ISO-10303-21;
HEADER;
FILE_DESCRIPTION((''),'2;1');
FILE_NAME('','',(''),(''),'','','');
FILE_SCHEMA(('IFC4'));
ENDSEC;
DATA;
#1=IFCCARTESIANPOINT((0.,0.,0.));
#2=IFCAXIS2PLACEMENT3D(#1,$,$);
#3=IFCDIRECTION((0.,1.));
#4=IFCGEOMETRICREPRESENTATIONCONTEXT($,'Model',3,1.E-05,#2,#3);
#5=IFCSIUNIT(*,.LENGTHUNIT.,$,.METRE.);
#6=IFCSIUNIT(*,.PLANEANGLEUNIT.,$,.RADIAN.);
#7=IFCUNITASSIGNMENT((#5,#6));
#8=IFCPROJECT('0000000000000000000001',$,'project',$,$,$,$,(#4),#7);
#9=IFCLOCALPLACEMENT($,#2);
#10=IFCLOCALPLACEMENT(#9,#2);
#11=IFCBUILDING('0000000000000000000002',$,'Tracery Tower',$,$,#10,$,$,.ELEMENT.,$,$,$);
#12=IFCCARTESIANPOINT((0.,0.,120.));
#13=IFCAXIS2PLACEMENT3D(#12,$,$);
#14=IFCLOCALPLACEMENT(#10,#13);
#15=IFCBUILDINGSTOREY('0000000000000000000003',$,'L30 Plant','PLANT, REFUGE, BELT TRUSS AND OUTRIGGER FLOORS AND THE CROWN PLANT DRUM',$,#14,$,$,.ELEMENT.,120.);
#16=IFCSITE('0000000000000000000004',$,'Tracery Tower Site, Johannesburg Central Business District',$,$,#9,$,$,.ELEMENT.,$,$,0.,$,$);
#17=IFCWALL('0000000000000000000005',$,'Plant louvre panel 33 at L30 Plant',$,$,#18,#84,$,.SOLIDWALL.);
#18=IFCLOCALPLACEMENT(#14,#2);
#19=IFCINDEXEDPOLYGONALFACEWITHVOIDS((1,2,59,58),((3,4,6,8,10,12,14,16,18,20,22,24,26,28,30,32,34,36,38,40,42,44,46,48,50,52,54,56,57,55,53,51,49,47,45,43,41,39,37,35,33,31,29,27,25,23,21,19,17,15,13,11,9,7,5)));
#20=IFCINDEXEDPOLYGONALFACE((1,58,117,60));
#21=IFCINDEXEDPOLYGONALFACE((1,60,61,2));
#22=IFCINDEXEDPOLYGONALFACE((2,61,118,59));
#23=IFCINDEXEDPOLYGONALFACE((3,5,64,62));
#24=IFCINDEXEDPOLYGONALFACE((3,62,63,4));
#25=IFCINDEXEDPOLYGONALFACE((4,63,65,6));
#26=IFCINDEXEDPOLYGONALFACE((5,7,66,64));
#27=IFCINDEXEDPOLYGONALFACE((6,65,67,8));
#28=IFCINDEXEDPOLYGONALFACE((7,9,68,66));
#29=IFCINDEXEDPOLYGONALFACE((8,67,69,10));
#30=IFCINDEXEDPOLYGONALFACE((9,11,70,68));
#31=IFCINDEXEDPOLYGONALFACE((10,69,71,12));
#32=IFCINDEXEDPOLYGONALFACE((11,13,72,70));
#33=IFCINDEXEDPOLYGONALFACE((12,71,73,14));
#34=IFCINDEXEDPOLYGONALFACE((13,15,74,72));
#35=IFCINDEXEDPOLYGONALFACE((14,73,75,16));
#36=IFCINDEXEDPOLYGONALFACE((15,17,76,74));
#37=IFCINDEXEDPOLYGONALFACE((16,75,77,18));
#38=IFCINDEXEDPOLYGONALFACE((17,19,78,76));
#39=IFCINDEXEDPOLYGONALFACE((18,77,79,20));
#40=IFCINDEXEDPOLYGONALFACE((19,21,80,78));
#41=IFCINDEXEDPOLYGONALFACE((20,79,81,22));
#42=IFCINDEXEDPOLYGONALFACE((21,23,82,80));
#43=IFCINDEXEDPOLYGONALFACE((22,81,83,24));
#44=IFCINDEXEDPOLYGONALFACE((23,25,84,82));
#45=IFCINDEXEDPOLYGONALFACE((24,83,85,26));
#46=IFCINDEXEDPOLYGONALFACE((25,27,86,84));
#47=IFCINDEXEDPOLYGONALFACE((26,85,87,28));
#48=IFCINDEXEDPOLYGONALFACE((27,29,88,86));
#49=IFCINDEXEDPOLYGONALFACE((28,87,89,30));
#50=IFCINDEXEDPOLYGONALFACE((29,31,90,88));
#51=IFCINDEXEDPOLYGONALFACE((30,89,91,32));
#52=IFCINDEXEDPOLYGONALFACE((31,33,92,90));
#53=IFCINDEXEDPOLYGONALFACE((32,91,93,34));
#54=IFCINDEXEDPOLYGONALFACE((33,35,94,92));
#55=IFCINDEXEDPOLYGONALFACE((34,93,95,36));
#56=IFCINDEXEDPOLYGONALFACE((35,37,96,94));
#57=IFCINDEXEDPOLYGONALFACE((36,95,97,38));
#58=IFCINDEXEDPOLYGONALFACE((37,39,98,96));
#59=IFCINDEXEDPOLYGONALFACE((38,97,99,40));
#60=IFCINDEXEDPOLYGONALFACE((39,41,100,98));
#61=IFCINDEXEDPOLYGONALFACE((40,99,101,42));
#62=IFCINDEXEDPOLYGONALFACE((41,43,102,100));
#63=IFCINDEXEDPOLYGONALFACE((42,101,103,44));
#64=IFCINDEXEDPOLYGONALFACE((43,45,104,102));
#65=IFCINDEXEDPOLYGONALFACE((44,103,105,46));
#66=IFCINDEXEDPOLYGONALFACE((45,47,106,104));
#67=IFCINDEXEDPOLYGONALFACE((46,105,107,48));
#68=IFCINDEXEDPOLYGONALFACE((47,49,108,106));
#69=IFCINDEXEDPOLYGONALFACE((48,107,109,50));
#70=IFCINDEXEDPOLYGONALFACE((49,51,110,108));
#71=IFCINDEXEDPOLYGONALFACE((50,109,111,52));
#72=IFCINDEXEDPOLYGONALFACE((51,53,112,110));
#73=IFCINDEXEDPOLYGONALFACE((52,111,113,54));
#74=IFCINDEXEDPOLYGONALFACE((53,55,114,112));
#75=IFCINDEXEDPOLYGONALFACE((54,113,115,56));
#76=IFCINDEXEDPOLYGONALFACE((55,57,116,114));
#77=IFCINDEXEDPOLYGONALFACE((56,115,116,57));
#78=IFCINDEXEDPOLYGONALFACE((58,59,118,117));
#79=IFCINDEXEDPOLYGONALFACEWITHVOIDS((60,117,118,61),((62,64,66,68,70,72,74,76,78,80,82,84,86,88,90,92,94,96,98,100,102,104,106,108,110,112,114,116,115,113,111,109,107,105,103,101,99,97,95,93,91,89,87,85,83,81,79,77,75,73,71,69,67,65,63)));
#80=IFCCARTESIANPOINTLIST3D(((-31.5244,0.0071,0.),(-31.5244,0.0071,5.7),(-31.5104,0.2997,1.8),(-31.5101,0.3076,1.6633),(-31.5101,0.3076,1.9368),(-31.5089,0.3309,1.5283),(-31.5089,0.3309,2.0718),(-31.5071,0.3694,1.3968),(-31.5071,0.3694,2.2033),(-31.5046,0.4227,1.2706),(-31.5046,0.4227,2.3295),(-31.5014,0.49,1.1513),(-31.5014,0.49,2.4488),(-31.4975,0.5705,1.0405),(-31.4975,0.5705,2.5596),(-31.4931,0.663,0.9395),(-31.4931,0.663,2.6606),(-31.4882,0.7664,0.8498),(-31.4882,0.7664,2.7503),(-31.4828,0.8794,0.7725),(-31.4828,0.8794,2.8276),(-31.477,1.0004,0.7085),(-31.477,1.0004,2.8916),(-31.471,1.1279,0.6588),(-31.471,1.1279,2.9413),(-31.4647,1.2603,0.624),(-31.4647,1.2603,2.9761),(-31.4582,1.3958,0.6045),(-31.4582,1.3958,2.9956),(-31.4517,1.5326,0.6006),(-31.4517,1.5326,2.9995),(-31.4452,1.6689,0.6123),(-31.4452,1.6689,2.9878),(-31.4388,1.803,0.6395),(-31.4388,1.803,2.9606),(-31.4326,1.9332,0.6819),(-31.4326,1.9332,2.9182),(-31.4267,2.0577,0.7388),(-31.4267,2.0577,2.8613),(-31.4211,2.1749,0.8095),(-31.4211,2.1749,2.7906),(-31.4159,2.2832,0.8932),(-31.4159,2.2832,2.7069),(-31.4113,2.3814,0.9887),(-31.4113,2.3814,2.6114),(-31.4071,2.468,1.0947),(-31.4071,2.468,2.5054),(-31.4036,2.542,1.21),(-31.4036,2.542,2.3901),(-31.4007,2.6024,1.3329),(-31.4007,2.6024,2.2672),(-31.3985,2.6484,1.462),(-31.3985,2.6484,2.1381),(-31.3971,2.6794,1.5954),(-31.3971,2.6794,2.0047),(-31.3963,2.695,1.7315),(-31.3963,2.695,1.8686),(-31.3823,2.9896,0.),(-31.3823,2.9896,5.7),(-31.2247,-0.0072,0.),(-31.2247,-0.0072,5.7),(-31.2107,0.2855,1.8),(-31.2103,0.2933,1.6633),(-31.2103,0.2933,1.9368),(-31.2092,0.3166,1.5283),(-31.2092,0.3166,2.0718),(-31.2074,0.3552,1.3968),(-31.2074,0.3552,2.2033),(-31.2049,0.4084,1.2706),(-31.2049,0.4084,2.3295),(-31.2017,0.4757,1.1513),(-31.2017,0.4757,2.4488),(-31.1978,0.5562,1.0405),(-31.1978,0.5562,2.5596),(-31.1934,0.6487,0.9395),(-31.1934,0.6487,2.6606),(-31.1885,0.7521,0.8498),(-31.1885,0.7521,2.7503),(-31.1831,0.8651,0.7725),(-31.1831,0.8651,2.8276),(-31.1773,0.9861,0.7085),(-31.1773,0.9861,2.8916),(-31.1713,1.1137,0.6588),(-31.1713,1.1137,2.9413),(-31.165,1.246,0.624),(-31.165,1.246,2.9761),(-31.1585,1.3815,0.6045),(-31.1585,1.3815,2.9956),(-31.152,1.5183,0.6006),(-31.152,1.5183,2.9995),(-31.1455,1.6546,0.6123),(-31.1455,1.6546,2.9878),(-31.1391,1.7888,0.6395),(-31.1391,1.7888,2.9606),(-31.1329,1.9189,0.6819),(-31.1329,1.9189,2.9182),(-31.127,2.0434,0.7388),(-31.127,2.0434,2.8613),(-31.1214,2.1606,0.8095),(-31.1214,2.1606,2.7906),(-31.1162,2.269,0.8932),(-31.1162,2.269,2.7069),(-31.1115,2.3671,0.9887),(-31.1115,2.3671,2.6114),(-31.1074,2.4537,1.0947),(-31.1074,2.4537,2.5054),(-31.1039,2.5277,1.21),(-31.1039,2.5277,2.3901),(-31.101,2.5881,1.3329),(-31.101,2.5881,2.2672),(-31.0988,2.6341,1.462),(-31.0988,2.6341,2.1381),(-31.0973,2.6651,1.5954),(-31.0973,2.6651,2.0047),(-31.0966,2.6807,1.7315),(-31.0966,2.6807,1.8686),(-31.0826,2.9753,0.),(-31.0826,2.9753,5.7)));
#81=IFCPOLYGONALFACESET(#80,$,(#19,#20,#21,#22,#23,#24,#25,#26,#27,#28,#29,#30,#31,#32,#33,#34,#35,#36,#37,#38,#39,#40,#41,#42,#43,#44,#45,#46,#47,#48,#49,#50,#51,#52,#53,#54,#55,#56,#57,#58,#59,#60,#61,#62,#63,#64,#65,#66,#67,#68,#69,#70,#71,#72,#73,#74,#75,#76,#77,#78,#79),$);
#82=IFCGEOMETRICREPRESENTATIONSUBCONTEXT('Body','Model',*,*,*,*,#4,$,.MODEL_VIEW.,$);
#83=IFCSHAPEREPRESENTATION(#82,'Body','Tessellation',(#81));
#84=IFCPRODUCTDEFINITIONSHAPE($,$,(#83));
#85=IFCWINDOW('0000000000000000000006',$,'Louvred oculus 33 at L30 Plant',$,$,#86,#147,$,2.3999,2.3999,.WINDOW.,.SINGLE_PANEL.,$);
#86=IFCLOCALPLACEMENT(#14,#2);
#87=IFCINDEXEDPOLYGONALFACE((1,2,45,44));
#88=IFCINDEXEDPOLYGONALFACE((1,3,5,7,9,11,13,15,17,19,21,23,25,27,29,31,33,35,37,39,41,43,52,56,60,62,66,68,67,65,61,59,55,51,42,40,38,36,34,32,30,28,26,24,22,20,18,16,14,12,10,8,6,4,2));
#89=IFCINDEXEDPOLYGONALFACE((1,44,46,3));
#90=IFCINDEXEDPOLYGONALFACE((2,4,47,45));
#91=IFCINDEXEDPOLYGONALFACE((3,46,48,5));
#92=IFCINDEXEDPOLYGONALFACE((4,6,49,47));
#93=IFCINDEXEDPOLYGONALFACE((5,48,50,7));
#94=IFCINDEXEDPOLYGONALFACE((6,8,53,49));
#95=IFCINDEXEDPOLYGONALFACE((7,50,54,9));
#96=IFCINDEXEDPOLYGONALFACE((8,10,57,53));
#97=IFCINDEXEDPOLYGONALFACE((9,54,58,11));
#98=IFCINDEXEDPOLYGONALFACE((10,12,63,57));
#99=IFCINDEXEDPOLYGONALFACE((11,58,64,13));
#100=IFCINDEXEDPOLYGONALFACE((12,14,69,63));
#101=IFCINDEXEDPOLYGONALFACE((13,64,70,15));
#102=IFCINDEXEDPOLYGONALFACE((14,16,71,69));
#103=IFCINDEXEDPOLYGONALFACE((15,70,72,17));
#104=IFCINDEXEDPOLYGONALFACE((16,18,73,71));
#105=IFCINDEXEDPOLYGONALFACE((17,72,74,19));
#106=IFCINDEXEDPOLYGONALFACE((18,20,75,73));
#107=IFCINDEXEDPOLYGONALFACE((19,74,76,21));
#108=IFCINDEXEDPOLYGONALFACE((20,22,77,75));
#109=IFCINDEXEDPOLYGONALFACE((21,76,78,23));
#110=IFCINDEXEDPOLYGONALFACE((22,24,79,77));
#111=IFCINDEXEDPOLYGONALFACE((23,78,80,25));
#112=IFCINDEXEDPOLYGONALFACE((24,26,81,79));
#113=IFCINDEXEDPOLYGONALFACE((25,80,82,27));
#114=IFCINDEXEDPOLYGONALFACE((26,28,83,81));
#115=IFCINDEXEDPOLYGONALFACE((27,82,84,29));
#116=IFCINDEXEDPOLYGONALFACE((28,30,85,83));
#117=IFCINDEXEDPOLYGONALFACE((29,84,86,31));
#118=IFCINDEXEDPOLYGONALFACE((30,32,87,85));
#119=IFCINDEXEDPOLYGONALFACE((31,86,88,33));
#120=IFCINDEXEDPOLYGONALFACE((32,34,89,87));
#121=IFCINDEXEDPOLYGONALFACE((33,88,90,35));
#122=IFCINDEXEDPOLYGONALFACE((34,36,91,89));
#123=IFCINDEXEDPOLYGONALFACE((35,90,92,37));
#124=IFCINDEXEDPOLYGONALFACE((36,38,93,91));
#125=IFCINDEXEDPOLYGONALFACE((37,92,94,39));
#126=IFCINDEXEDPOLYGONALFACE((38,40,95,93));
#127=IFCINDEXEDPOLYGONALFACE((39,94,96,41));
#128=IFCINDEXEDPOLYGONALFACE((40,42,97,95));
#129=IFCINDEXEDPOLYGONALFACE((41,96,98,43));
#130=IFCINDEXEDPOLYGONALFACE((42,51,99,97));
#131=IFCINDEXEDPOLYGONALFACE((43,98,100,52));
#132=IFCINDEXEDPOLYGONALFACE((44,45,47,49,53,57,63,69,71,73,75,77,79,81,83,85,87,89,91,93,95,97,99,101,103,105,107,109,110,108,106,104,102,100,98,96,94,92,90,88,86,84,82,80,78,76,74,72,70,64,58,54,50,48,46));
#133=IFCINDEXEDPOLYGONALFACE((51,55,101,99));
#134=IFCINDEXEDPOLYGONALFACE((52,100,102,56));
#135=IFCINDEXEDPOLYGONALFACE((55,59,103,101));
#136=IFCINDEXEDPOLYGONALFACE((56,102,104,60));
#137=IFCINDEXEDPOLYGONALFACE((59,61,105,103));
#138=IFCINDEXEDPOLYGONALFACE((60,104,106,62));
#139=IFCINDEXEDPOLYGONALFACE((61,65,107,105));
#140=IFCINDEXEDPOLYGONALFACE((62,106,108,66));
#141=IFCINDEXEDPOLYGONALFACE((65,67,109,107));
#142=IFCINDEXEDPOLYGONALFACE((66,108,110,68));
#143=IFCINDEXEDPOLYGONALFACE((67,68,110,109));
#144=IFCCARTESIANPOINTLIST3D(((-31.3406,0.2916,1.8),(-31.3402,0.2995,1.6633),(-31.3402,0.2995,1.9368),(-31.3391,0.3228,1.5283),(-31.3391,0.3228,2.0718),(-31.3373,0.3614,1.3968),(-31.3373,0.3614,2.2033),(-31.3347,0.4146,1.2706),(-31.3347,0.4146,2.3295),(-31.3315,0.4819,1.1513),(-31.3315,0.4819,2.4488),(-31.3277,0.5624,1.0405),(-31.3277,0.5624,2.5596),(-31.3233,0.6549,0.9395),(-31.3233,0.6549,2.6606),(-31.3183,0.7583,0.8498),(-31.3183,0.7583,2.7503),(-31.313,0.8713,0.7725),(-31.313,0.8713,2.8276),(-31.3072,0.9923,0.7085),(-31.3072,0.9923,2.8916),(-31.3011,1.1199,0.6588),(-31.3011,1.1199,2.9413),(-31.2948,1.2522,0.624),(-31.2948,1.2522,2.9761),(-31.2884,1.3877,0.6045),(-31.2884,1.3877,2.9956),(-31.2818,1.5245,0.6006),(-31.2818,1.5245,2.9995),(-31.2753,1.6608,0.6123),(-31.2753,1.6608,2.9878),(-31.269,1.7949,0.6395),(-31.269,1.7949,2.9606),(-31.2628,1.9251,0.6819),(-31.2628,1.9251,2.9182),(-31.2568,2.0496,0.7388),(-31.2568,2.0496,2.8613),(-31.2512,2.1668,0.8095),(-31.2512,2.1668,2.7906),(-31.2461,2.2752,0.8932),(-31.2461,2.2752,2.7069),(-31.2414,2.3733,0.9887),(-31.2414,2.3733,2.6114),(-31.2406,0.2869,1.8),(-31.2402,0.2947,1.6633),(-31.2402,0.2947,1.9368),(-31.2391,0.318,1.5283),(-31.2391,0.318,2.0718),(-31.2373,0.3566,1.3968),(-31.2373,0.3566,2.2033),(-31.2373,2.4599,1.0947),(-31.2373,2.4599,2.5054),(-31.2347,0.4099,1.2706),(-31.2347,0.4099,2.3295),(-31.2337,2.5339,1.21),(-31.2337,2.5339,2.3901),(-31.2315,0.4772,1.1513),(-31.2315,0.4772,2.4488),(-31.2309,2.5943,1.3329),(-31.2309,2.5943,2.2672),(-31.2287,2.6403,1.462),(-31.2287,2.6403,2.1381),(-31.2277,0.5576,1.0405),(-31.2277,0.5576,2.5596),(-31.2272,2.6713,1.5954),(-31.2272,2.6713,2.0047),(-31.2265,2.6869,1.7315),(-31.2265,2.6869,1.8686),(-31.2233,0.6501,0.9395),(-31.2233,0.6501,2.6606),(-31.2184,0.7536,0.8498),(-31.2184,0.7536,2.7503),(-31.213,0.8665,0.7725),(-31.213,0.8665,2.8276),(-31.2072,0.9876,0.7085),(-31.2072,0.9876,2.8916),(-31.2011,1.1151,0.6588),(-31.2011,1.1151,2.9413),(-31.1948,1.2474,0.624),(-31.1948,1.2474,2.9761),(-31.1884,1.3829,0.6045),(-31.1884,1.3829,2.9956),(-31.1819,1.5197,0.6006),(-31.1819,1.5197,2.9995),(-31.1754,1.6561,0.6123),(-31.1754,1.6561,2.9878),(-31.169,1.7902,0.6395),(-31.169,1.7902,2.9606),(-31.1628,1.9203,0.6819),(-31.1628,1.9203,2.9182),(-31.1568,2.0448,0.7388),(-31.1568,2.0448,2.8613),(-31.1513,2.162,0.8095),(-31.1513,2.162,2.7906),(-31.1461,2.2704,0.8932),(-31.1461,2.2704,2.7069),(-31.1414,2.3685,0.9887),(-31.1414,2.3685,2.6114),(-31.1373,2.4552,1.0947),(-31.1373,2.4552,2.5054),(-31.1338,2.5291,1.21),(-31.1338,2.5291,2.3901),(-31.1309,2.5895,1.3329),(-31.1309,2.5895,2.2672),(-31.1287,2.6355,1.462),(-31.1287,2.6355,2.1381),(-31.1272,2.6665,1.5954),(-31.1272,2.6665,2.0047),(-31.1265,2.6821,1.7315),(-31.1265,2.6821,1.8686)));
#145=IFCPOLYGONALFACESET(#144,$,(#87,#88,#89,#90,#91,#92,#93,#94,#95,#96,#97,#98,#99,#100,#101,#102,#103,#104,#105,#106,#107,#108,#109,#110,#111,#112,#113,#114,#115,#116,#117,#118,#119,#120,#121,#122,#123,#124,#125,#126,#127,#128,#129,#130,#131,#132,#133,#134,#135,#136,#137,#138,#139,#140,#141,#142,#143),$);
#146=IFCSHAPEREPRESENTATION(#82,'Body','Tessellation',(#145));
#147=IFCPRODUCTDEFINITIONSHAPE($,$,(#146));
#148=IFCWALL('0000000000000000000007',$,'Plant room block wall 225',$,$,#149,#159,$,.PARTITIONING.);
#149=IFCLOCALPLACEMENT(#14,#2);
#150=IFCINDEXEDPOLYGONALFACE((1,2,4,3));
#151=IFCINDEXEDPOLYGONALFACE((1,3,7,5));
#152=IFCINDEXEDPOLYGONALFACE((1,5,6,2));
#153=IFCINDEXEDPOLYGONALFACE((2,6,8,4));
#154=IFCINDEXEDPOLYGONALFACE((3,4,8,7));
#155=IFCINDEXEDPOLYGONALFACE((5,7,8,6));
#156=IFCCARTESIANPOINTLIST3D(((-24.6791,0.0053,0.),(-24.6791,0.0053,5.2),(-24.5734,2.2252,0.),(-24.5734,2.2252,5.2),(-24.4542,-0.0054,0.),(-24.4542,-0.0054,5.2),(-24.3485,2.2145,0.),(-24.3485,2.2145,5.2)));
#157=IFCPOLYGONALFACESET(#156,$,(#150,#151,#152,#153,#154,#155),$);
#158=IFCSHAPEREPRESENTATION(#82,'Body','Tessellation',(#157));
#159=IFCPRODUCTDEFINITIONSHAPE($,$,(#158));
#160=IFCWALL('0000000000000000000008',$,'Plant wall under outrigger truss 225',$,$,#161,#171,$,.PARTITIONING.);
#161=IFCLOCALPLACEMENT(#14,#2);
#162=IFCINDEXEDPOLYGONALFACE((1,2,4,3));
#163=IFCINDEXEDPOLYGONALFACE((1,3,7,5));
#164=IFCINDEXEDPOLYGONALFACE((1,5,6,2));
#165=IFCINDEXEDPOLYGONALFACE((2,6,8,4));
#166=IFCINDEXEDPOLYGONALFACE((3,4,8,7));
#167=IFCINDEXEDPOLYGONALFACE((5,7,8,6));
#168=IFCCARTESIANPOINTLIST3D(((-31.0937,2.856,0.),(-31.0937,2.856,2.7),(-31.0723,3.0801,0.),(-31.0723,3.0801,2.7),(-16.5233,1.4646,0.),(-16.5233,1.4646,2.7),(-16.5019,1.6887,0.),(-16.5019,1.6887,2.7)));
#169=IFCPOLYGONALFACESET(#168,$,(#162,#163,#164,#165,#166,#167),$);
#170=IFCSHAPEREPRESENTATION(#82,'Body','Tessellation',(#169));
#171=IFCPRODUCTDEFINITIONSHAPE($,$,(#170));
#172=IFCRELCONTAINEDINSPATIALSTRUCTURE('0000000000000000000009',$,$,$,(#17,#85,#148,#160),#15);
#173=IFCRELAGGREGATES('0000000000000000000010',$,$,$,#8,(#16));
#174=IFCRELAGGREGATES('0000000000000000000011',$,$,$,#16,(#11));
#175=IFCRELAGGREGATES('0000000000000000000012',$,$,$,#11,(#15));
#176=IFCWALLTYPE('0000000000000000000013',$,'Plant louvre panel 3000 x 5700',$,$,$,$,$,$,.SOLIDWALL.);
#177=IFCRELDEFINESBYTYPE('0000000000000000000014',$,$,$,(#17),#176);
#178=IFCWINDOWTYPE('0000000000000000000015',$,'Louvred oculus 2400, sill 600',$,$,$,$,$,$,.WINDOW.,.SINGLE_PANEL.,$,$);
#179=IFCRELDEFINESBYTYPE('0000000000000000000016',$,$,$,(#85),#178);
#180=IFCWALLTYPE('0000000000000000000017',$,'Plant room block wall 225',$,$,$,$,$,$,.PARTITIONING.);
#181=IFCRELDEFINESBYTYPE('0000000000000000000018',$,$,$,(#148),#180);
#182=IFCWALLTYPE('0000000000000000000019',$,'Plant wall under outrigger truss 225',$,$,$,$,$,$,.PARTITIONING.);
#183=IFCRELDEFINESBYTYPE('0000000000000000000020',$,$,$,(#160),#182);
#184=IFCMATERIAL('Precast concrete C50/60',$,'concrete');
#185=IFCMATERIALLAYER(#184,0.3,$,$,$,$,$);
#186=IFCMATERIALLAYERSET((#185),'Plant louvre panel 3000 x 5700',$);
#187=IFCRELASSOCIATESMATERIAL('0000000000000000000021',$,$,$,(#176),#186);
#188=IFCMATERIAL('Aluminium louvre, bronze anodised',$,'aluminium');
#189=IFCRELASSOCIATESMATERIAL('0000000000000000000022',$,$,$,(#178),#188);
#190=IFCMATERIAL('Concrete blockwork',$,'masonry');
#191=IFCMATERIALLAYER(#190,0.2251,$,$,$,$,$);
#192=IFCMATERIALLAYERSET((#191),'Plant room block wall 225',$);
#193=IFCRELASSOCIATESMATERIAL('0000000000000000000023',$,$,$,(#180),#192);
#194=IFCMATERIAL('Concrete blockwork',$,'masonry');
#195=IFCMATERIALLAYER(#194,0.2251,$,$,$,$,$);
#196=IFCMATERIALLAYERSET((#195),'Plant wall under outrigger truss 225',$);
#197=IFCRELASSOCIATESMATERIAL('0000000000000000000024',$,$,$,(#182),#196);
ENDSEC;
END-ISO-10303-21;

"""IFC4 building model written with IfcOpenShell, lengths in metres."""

from ifc_helpers import new_model, si_unit, direction, frame, frame_2d, origin, origin_2d, place, context, subcontext, project, spatial, rectangle, circle, extrude, material, layer, layer_set, type_object, element, fill, save


model = new_model("IFC4")

# Units and contexts
model_context = context("Model", 3, precision=1e-05, world=origin(), true_north=direction((0.0, 1.0)))
body_context = subcontext(model_context, "Body", "Model", "MODEL_VIEW")
ifc_project = project(units=[si_unit("LENGTHUNIT", "METRE"), si_unit("PLANEANGLEUNIT", "RADIAN")], contexts=[model_context])

# Site, building, storey
site_placement = place(None, origin())
site = spatial("IfcSite", under=ifc_project, at=site_placement, Name="Tracery Tower Site, Johannesburg Central Business District", CompositionType="ELEMENT", RefElevation=0.0)
building_placement = place(site_placement, origin())
building = spatial("IfcBuilding", under=site, at=building_placement, Name="Tracery Tower", CompositionType="ELEMENT")
storey_placement = place(building_placement, frame((0.0, 0.0, 120.0)))
storey = spatial("IfcBuildingStorey", under=building, at=storey_placement, Name="L30 Plant", Description="PLANT, REFUGE, BELT TRUSS AND OUTRIGGER FLOORS AND THE CROWN PLANT DRUM", CompositionType="ELEMENT", Elevation=120.0)

# Wall, opening, window
ifc_material_1 = material(Name="Precast concrete C50/60", Category="concrete")
ifc_layer_1 = layer(ifc_material_1, 0.3)
ifc_layer_set_1 = layer_set([ifc_layer_1], Name="Plant louvre panel 3000 x 5700")
wall_type_1 = type_object("IfcWallType", Name="Plant louvre panel 3000 x 5700", PredefinedType="SOLIDWALL", material=ifc_layer_set_1)
ifc_material_2 = material(Name="Aluminium louvre, bronze anodised", Category="aluminium")
window_type = type_object("IfcWindowType", Name="Louvred oculus 2400, sill 600", PartitioningType="SINGLE_PANEL", PredefinedType="WINDOW", material=ifc_material_2)
wall_1_placement = place(storey_placement, frame((-31.2324, 2.9824, 0.0), z_axis=(0.0, 0.0, 1.0), x_axis=(-0.047588, -0.998867, 0.0)))
wall_1 = element("IfcWall", 1, at=wall_1_placement, inside=storey, type_object=wall_type_1, Name="Plant louvre panel 33 at L30 Plant", PredefinedType="SOLIDWALL", context=body_context, shape_type="SweptSolid", body=[
    extrude(rectangle(XDim=2.9858, YDim=0.3, at=frame_2d((1.4929, 0.0))), origin(), (0.0, 0.0, 1.0), 5.7),
])
opening_1_placement = place(wall_1_placement, frame((1.4929, 0.0, 1.8)))
opening_1 = element("IfcOpeningElement", 2, at=opening_1_placement, cuts=wall_1, PredefinedType="OPENING", context=body_context, shape_type="SweptSolid", body=[
    extrude(circle(Radius=1.2, at=origin_2d()), frame((0.0, 0.1599, 0.0), z_axis=(0.0, -1.0, 0.0), x_axis=(1.0, 0.0, 0.0)), (0.0, 0.0, 1.0), 0.3201),
])
window_1_placement = place(opening_1_placement, origin())
window_1 = element("IfcWindow", 3, at=window_1_placement, inside=storey, type_object=window_type, Name="Louvred oculus 33 at L30 Plant", OverallHeight=2.3999, OverallWidth=2.3999, PartitioningType="SINGLE_PANEL", PredefinedType="WINDOW", context=body_context, shape_type="SweptSolid", body=[
    extrude(circle(Radius=1.2, at=origin_2d()), frame((0.0, 0.1201, 0.0), z_axis=(0.0, -1.0, 0.0), x_axis=(1.0, 0.0, 0.0)), (0.0, 0.0, 1.0), 0.1001),
])
fill(opening_1, window_1)

# Walls
ifc_material_3 = material(Name="Concrete blockwork", Category="masonry")
ifc_layer_2 = layer(ifc_material_3, 0.2251)
ifc_layer_set_2 = layer_set([ifc_layer_2], Name="Plant room block wall 225")
wall_type_2 = type_object("IfcWallType", Name="Plant room block wall 225", PredefinedType="PARTITIONING", material=ifc_layer_set_2)
wall_2_placement = place(storey_placement, frame((-24.4609, 2.22, 0.0), z_axis=(0.0, 0.0, 1.0), x_axis=(-0.047565, -0.998868, 0.0)))
element("IfcWall", 4, at=wall_2_placement, inside=storey, type_object=wall_type_2, Name="Plant room block wall 225", PredefinedType="PARTITIONING", context=body_context, shape_type="SweptSolid", body=[
    extrude(rectangle(XDim=2.2224, YDim=0.2251, at=frame_2d((1.1113, 0.0))), origin(), (0.0, 0.0, 1.0), 5.2),
])
ifc_material_4 = material(Name="Concrete blockwork", Category="masonry")
ifc_layer_3 = layer(ifc_material_4, 0.2251)
ifc_layer_set_3 = layer_set([ifc_layer_3], Name="Plant wall under outrigger truss 225")
wall_type_3 = type_object("IfcWallType", Name="Plant wall under outrigger truss 225", PredefinedType="PARTITIONING", material=ifc_layer_set_3)
wall_3_placement = place(storey_placement, frame((-31.083, 2.968, 0.0), z_axis=(0.0, 0.0, 1.0), x_axis=(0.995472, -0.095059, 0.0)))
element("IfcWall", 5, at=wall_3_placement, inside=storey, type_object=wall_type_3, Name="Plant wall under outrigger truss 225", PredefinedType="PARTITIONING", context=body_context, shape_type="SweptSolid", body=[
    extrude(rectangle(XDim=14.6367, YDim=0.2251, at=frame_2d((7.3184, 0.0))), origin(), (0.0, 0.0, 1.0), 2.7),
])

save(model, "model.ifc")
